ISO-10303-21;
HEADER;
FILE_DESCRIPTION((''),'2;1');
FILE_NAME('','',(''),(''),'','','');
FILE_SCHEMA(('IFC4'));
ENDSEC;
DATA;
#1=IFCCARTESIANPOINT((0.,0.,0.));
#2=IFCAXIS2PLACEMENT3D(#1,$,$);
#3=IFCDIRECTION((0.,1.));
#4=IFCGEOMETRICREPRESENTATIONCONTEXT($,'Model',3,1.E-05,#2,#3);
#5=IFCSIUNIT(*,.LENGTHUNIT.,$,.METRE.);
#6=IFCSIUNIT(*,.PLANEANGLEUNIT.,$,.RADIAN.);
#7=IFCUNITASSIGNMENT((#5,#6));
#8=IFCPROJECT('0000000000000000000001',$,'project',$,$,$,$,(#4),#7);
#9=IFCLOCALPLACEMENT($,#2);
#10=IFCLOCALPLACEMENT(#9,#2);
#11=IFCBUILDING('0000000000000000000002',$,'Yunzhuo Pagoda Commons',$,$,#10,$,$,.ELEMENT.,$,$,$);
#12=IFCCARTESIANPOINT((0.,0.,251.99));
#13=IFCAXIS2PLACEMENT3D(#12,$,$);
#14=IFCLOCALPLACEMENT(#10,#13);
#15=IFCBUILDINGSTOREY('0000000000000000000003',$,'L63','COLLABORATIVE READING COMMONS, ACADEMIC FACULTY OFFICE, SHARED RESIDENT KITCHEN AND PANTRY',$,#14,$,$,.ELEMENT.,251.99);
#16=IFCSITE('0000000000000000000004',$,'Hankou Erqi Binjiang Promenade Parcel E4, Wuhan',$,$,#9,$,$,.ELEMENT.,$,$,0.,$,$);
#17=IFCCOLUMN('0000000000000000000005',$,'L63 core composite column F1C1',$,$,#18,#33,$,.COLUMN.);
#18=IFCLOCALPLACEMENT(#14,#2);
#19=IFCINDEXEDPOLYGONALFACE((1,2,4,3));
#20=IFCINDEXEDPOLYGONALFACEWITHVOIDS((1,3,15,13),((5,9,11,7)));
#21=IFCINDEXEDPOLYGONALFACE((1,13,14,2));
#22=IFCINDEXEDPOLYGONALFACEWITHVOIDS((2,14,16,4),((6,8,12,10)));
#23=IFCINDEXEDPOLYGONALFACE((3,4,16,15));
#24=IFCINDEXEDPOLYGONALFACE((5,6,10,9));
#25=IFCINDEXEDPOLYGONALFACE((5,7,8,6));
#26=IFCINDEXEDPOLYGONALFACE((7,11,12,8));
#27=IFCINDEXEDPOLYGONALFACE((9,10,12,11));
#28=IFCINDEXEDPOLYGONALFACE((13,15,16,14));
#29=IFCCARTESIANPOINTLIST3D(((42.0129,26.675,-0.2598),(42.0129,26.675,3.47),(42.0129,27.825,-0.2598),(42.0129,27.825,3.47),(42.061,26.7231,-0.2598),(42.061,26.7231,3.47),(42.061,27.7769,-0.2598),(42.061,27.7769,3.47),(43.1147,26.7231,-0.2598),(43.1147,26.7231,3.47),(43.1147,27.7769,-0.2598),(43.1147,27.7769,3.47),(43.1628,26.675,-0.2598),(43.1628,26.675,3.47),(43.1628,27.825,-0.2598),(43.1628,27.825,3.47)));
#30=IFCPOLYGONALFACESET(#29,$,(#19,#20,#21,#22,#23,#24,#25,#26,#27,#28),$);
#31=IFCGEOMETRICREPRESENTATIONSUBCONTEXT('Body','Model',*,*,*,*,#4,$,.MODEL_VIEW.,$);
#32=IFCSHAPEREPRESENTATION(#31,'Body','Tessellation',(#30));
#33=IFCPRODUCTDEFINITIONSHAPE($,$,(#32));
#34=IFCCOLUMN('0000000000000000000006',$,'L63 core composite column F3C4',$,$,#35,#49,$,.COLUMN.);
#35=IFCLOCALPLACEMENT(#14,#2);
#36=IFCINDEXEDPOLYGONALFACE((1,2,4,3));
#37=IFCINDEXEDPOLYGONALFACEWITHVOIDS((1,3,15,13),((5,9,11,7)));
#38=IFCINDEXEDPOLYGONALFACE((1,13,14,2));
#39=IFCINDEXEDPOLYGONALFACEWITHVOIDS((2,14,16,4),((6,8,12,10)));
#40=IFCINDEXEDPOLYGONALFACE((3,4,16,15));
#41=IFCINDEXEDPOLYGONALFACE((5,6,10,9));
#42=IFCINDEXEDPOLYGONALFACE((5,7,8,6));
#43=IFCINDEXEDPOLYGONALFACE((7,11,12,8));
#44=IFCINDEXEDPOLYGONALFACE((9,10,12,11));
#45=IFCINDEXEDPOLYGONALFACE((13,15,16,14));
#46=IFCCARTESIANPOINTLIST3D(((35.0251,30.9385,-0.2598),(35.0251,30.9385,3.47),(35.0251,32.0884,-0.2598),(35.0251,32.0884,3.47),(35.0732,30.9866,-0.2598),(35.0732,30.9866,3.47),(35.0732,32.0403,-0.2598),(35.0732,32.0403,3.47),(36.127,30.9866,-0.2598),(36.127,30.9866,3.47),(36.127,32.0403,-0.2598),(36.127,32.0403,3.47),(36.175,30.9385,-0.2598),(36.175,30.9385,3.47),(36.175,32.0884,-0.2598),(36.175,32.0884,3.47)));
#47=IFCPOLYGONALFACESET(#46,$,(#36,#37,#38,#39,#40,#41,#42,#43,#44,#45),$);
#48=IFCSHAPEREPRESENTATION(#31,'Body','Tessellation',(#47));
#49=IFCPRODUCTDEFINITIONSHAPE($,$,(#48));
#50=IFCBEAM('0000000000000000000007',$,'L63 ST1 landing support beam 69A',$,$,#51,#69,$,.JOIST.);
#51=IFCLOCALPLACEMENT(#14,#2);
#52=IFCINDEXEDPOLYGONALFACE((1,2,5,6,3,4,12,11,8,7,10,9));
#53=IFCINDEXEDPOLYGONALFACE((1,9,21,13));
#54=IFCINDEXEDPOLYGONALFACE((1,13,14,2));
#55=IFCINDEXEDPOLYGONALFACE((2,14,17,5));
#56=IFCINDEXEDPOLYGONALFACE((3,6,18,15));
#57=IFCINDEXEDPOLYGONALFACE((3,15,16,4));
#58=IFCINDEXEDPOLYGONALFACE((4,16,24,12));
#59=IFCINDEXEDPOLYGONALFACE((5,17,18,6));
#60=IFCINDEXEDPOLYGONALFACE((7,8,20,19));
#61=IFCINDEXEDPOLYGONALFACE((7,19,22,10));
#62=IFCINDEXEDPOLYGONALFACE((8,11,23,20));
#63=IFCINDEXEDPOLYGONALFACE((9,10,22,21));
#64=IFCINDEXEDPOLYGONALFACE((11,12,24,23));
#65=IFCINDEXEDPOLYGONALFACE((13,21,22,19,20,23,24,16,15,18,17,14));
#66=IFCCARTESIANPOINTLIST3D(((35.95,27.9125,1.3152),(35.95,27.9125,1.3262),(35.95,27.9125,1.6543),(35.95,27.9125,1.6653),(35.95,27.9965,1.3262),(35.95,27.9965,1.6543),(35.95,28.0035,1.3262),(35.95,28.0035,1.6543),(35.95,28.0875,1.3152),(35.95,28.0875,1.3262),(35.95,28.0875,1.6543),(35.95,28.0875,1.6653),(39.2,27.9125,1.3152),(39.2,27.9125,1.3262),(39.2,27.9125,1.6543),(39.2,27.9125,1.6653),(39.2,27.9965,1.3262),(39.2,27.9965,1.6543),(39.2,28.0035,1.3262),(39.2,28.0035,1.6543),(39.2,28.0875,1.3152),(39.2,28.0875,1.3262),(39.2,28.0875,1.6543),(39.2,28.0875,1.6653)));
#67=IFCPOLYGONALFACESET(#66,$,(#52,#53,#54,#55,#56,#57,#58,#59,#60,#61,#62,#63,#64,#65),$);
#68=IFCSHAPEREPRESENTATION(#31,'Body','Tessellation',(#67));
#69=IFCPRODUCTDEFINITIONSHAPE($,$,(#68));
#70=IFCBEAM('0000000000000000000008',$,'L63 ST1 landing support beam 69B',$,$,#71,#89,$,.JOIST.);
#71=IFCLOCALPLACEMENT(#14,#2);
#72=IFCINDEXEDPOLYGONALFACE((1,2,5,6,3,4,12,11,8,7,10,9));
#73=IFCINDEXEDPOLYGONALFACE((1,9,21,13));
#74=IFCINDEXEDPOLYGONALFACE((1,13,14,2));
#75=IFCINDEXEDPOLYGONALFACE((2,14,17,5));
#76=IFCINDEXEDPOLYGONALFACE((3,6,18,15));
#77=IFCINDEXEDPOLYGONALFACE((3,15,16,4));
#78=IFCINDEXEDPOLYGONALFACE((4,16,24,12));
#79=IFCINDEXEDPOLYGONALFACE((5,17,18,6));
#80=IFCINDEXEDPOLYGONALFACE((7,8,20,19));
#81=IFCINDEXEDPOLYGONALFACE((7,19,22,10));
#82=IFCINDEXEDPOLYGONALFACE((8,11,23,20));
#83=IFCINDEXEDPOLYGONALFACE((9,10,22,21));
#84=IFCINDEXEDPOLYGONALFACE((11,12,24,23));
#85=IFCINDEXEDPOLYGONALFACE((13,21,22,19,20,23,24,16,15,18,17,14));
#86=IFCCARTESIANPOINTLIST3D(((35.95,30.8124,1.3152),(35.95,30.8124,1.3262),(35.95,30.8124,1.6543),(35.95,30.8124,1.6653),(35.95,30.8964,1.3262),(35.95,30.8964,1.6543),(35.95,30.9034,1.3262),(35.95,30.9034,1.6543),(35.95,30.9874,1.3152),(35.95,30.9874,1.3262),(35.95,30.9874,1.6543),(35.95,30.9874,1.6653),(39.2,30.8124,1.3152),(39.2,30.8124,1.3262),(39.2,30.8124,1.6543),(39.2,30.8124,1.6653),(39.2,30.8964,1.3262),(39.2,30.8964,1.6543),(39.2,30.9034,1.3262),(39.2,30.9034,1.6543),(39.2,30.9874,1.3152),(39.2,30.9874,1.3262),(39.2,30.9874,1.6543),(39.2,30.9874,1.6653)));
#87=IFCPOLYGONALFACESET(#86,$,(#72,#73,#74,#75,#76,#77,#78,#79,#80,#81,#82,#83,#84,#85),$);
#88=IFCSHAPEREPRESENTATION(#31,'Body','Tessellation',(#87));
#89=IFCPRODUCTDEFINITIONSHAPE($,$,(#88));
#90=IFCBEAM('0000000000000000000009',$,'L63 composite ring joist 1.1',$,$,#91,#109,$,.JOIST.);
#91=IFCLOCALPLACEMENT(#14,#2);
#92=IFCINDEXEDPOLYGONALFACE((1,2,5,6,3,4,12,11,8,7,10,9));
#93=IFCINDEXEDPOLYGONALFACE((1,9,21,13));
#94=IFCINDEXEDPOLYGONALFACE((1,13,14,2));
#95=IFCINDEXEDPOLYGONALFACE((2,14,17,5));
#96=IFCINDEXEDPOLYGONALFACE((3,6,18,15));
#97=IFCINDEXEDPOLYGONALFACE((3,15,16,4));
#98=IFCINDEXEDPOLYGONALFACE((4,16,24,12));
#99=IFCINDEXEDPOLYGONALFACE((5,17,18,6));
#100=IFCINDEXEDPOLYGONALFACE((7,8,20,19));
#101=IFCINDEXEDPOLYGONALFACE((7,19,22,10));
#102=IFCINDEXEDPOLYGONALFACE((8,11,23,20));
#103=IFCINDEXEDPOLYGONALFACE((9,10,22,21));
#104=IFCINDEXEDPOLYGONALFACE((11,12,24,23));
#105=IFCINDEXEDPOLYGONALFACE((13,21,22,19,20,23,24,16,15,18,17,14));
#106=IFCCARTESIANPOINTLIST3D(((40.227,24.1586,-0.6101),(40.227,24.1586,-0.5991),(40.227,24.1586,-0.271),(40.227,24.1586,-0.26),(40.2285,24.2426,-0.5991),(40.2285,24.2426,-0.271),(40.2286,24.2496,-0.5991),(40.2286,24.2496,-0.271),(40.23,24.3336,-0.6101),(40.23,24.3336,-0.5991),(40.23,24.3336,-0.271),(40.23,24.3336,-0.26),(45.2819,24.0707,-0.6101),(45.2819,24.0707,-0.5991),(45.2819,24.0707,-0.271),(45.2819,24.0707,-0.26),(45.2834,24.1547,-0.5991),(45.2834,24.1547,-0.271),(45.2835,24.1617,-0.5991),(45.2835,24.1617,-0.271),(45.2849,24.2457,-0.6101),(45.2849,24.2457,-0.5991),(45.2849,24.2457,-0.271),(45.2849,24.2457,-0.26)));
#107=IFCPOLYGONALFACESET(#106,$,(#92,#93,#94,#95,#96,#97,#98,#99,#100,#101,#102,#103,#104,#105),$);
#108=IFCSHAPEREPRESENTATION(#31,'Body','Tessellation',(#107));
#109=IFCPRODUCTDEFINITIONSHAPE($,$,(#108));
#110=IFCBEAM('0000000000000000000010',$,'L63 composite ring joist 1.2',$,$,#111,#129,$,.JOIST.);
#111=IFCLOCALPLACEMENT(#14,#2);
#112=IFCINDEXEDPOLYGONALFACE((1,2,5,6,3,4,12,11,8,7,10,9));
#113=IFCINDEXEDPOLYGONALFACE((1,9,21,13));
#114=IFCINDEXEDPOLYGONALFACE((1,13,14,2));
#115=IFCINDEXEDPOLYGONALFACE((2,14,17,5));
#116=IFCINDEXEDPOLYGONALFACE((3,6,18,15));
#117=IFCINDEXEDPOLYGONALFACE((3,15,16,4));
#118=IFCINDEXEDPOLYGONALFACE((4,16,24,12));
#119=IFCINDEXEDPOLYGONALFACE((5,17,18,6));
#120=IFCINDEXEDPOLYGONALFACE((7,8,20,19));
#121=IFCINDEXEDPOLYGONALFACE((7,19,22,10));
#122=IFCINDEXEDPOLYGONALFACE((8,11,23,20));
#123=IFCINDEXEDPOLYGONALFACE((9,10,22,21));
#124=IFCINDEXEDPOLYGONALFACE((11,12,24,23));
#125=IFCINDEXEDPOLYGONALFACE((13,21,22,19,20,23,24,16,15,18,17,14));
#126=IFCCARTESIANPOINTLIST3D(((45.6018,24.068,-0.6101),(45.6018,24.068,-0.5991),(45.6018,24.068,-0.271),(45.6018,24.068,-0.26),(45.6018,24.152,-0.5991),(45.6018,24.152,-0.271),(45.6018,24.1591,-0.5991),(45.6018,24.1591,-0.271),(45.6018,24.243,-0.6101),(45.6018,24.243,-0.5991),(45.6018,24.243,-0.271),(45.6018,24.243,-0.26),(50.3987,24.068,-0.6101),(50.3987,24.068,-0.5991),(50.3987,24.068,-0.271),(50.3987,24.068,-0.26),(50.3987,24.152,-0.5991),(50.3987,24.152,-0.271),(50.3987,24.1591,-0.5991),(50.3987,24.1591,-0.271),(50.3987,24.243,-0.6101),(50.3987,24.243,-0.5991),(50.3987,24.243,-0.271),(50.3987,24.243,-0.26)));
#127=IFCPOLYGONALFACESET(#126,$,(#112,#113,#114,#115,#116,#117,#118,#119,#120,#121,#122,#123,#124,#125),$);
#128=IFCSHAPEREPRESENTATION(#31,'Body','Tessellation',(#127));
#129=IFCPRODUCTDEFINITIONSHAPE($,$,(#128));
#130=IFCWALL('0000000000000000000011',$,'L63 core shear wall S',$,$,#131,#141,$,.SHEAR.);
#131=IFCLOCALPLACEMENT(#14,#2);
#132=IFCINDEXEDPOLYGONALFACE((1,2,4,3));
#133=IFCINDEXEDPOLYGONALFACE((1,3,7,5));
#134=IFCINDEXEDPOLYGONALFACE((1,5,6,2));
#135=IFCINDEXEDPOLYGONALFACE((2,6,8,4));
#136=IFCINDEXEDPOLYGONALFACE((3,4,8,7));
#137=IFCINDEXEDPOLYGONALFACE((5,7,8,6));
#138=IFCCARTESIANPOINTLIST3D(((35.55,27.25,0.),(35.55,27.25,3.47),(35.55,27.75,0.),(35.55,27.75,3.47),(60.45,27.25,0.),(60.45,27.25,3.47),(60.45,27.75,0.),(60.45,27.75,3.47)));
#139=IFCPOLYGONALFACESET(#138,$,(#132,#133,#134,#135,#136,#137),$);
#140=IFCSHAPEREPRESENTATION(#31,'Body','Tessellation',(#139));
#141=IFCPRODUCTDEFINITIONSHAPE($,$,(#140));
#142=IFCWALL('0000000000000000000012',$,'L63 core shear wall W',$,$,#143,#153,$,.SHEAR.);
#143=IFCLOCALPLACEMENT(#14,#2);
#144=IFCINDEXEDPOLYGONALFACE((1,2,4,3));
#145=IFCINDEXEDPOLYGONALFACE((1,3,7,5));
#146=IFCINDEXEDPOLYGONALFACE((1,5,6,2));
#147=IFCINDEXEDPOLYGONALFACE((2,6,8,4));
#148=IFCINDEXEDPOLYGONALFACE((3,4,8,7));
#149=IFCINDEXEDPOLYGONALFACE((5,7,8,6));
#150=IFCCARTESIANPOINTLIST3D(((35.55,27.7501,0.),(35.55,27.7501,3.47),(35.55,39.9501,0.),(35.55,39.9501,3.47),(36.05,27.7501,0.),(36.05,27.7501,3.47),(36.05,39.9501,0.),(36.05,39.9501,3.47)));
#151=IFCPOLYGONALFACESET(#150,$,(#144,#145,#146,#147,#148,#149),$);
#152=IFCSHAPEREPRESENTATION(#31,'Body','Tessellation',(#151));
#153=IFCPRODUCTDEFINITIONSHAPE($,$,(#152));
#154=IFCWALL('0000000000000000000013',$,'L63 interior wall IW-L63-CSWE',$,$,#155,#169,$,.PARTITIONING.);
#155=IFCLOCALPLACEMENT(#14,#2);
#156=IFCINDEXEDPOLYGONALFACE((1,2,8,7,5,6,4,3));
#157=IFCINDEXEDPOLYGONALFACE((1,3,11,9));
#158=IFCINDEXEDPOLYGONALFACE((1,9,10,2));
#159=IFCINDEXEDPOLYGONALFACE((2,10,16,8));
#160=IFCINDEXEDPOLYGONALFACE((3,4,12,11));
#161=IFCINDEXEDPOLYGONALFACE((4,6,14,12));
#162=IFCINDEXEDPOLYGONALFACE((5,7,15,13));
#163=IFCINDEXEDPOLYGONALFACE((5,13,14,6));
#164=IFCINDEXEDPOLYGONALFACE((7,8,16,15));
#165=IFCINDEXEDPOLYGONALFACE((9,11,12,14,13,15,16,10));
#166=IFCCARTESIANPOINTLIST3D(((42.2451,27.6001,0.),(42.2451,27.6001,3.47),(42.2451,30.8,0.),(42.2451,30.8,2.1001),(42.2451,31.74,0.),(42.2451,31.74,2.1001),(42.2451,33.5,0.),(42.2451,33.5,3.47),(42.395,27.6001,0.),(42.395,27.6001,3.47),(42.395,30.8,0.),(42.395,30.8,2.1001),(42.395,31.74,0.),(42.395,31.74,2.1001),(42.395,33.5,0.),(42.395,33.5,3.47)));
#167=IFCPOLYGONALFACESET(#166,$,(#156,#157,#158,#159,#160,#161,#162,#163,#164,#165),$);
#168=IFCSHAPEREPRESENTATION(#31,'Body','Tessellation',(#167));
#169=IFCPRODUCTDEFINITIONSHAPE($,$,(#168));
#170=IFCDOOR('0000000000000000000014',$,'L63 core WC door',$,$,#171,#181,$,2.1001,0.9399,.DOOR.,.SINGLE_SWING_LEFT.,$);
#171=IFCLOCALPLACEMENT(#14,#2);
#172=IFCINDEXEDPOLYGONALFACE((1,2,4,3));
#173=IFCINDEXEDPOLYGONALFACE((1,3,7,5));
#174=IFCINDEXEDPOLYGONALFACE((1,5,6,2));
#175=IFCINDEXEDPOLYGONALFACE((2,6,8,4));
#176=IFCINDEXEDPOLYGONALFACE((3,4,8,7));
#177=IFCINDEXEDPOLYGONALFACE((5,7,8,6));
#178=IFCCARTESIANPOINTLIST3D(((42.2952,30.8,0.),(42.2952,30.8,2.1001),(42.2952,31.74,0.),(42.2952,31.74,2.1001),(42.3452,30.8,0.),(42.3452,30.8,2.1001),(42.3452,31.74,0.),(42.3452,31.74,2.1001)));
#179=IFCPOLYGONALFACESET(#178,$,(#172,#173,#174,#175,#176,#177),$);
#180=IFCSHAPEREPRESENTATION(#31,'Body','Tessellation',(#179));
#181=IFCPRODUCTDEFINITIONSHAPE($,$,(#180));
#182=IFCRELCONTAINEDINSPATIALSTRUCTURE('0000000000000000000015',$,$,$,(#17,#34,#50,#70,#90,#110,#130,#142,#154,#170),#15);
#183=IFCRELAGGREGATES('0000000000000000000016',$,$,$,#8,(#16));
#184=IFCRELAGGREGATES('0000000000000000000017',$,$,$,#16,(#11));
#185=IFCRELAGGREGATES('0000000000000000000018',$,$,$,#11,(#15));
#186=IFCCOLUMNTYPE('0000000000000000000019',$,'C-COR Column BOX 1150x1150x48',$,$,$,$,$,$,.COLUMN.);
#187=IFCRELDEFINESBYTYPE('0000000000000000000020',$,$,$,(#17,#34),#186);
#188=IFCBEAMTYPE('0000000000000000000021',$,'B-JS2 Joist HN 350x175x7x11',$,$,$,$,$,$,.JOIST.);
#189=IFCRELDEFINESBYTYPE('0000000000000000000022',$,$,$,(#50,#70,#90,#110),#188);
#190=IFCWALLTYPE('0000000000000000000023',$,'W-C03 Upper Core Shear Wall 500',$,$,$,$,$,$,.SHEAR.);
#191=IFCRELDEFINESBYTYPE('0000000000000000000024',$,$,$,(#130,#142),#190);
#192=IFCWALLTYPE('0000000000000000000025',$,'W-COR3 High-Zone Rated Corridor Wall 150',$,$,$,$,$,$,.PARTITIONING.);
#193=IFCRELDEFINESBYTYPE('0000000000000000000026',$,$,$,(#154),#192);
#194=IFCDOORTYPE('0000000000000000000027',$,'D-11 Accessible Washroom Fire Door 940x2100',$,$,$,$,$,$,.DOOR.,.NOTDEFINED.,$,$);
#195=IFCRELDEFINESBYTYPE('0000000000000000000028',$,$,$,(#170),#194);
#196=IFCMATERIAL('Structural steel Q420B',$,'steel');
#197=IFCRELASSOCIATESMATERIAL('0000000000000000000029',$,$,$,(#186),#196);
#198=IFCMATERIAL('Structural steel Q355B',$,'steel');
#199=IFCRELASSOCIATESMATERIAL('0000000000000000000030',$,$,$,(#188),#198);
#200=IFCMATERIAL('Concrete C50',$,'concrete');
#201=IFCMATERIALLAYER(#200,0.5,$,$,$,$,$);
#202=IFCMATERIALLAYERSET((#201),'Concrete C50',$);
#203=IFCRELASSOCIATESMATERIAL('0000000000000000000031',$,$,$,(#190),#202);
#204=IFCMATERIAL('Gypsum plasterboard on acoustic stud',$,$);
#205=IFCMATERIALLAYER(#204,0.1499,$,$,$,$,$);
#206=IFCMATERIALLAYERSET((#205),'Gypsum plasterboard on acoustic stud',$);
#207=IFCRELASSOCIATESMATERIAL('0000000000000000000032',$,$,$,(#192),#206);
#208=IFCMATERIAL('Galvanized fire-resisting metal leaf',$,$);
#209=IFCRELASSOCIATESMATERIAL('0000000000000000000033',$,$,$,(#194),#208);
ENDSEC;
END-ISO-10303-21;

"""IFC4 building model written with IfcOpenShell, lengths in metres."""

from ifc_helpers import new_model, si_unit, direction, frame, frame_2d, origin, origin_with_axes, origin_2d, place, context, subcontext, project, spatial, rectangle, hollow_rectangle, i_section, extrude, source, transform, mapped, material, layer, layer_set, material_profile, profile_set, type_object, element, fill, save


model = new_model("IFC4")

# Units and contexts
model_context = context("Model", 3, precision=1e-05, world=origin(), true_north=direction((0.0, 1.0)))
body_context = subcontext(model_context, "Body", "Model", "MODEL_VIEW")
ifc_project = project(units=[si_unit("LENGTHUNIT", "METRE"), si_unit("PLANEANGLEUNIT", "RADIAN")], contexts=[model_context])

# Site, building, storey
site_placement = place(None, origin())
site = spatial("IfcSite", under=ifc_project, at=site_placement, Name="Hankou Erqi Binjiang Promenade Parcel E4, Wuhan", CompositionType="ELEMENT", RefElevation=0.0)
building_placement = place(site_placement, origin())
building = spatial("IfcBuilding", under=site, at=building_placement, Name="Yunzhuo Pagoda Commons", CompositionType="ELEMENT")
storey_placement = place(building_placement, frame((0.0, 0.0, 251.99)))
storey = spatial("IfcBuildingStorey", under=building, at=storey_placement, Name="L63", Description="COLLABORATIVE READING COMMONS, ACADEMIC FACULTY OFFICE, SHARED RESIDENT KITCHEN AND PANTRY", CompositionType="ELEMENT", Elevation=251.99)

# Columns
ifc_material_1 = material(Name="Structural steel Q420B", Category="steel")
ifc_material_profile_1 = material_profile(ifc_material_1, hollow_rectangle(XDim=1.1499, YDim=1.1499, WallThickness=0.0481, at=origin_2d()), Name="Structural steel Q420B")
ifc_profile_set_1 = profile_set([ifc_material_profile_1], Name="Structural steel Q420B")
column_type = type_object("IfcColumnType", Name="C-COR Column BOX 1150x1150x48", PredefinedType="COLUMN", material=ifc_profile_set_1)
shared_shape_1 = source(origin(), body_context, "Body", "SweptSolid", [
    extrude(hollow_rectangle(XDim=1.1499, YDim=1.1499, WallThickness=0.0481, at=origin_2d()), origin(), (0.0, 0.0, 1.0), 3.7297),
])
for number, where, z_axis, x_axis, name in (
    (1, (42.5879, 27.25, -0.2598), (0.0, 0.0, 1.0), (1.0, 0.0, 0.0), "L63 core composite column F1C1"),
    (2, (35.6001, 31.5134, -0.2598), (0.0, 0.0, 1.0), (1.0, 0.0, 0.0), "L63 core composite column F3C4"),
):
    element("IfcColumn", number, at=place(storey_placement, frame(where, z_axis=z_axis, x_axis=x_axis)), inside=storey, type_object=column_type, Name=name, PredefinedType="COLUMN", context=body_context, shape_type="MappedRepresentation", body=[
        mapped(shared_shape_1, transform((0.0, 0.0, 0.0), scale=1.0)),
    ])

# Beams
ifc_material_2 = material(Name="Structural steel Q355B", Category="steel")
ifc_material_profile_2 = material_profile(ifc_material_2, i_section(OverallWidth=0.175, OverallDepth=0.3501, WebThickness=0.0071, FlangeThickness=0.011, at=origin_2d()), Name="Structural steel Q355B")
ifc_profile_set_2 = profile_set([ifc_material_profile_2], Name="Structural steel Q355B")
beam_type = type_object("IfcBeamType", Name="B-JS2 Joist HN 350x175x7x11", PredefinedType="JOIST", material=ifc_profile_set_2)
shared_shape_2 = source(origin(), body_context, "Body", "SweptSolid", [
    extrude(i_section(OverallWidth=0.175, OverallDepth=0.3501, WebThickness=0.0071, FlangeThickness=0.011, at=origin_2d()), origin(), (0.0, 0.0, 1.0), 3.25),
])
for number, where, z_axis, x_axis, name in (
    (3, (35.95, 28.0, 1.4902), (1.0, 0.0, 0.0), (0.0, 1.0, 0.0), "L63 ST1 landing support beam 69A"),
    (4, (35.95, 30.8999, 1.4902), (1.0, 0.0, 0.0), (0.0, 1.0, 0.0), "L63 ST1 landing support beam 69B"),
):
    element("IfcBeam", number, at=place(storey_placement, frame(where, z_axis=z_axis, x_axis=x_axis)), inside=storey, type_object=beam_type, Name=name, PredefinedType="JOIST", context=body_context, shape_type="MappedRepresentation", body=[
        mapped(shared_shape_2, transform((0.0, 0.0, 0.0), scale=1.0)),
    ])
shared_shape_3 = source(origin(), body_context, "Body", "SweptSolid", [
    extrude(i_section(OverallWidth=0.175, OverallDepth=0.3501, WebThickness=0.0071, FlangeThickness=0.011, at=origin_2d()), origin(), (0.0, 0.0, 1.0), 5.0557),
])
beam_1_placement = place(storey_placement, frame((40.2285, 24.2461, -0.4351), z_axis=(0.999849, -0.017384, 0.0), x_axis=(0.017384, 0.999849, 0.0)))
element("IfcBeam", 5, at=beam_1_placement, inside=storey, type_object=beam_type, Name="L63 composite ring joist 1.1", PredefinedType="JOIST", context=body_context, shape_type="MappedRepresentation", body=[
    mapped(shared_shape_3, transform((0.0, 0.0, 0.0), scale=1.0)),
])
shared_shape_4 = source(origin(), body_context, "Body", "SweptSolid", [
    extrude(i_section(OverallWidth=0.175, OverallDepth=0.3501, WebThickness=0.0071, FlangeThickness=0.011, at=origin_2d()), origin(), (0.0, 0.0, 1.0), 4.7969),
])
beam_2_placement = place(storey_placement, frame((45.6018, 24.1555, -0.4351), z_axis=(1.0, 0.0, 0.0), x_axis=(0.0, 1.0, 0.0)))
element("IfcBeam", 6, at=beam_2_placement, inside=storey, type_object=beam_type, Name="L63 composite ring joist 1.2", PredefinedType="JOIST", context=body_context, shape_type="MappedRepresentation", body=[
    mapped(shared_shape_4, transform((0.0, 0.0, 0.0), scale=1.0)),
])

# Walls
ifc_material_3 = material(Name="Concrete C50", Category="concrete")
ifc_layer_1 = layer(ifc_material_3, 0.5)
ifc_layer_set_1 = layer_set([ifc_layer_1], Name="Concrete C50")
wall_type_1 = type_object("IfcWallType", Name="W-C03 Upper Core Shear Wall 500", PredefinedType="SHEAR", material=ifc_layer_set_1)
wall_1_placement = place(storey_placement, frame((35.55, 27.5, 0.0), z_axis=(0.0, 0.0, 1.0), x_axis=(1.0, 0.0, 0.0)))
element("IfcWall", 7, at=wall_1_placement, inside=storey, type_object=wall_type_1, Name="L63 core shear wall S", PredefinedType="SHEAR", context=body_context, shape_type="SweptSolid", body=[
    extrude(rectangle(XDim=24.8999, YDim=0.5, at=frame_2d((12.45, 0.0))), origin(), (0.0, 0.0, 1.0), 3.47),
])
wall_2_placement = place(storey_placement, frame((35.8, 27.75, 0.0), z_axis=(0.0, 0.0, 1.0), x_axis=(0.0, 1.0, 0.0)))
element("IfcWall", 8, at=wall_2_placement, inside=storey, type_object=wall_type_1, Name="L63 core shear wall W", PredefinedType="SHEAR", context=body_context, shape_type="SweptSolid", body=[
    extrude(rectangle(XDim=12.2, YDim=0.5, at=frame_2d((6.1001, 0.0))), origin(), (0.0, 0.0, 1.0), 3.47),
])

# Wall, opening, door
ifc_material_4 = material(Name="Gypsum plasterboard on acoustic stud")
ifc_layer_2 = layer(ifc_material_4, 0.1499)
ifc_layer_set_2 = layer_set([ifc_layer_2], Name="Gypsum plasterboard on acoustic stud")
wall_type_2 = type_object("IfcWallType", Name="W-COR3 High-Zone Rated Corridor Wall 150", PredefinedType="PARTITIONING", material=ifc_layer_set_2)
wall_3_placement = place(storey_placement, frame((42.3201, 27.6001, 0.0), z_axis=(0.0, 0.0, 1.0), x_axis=(0.0, 1.0, 0.0)))
wall_3 = element("IfcWall", 9, at=wall_3_placement, inside=storey, type_object=wall_type_2, Name="L63 interior wall IW-L63-CSWE", PredefinedType="PARTITIONING", context=body_context, shape_type="SweptSolid", body=[
    extrude(rectangle(XDim=5.8999, YDim=0.1499, at=frame_2d((2.95, 0.0))), origin(), (0.0, 0.0, 1.0), 3.47),
])
opening_1_placement = place(wall_3_placement, frame((3.2, 0.0, 0.0)))
opening_1 = element("IfcOpeningElement", 10, at=opening_1_placement, cuts=wall_3, PredefinedType="OPENING", context=body_context, shape_type="SweptSolid", body=[
    extrude(rectangle(XDim=0.9399, YDim=2.1001, at=frame_2d((0.47, 1.05))), frame((0.0, 0.085, 0.0), z_axis=(0.0, -1.0, 0.0), x_axis=(1.0, 0.0, 0.0)), (0.0, 0.0, 1.0), 0.1699),
])
ifc_material_5 = material(Name="Galvanized fire-resisting metal leaf")
door_type_1 = type_object("IfcDoorType", Name="D-11 Accessible Washroom Fire Door 940x2100", OperationType="NOTDEFINED", PredefinedType="DOOR", material=ifc_material_5)
shared_shape_5 = source(origin(), body_context, "Body", "SweptSolid", [
    extrude(rectangle(XDim=0.9399, YDim=2.1001, at=frame_2d((0.47, 1.05))), frame((0.0, 0.0249, 0.0), z_axis=(0.0, -1.0, 0.0), x_axis=(1.0, 0.0, 0.0)), (0.0, 0.0, 1.0), 0.05),
])
door_1_placement = place(opening_1_placement, origin_with_axes())
door_1 = element("IfcDoor", 11, at=door_1_placement, inside=storey, type_object=door_type_1, Name="L63 core WC door", OperationType="SINGLE_SWING_LEFT", OverallHeight=2.1001, OverallWidth=0.9399, PredefinedType="DOOR", context=body_context, shape_type="MappedRepresentation", body=[
    mapped(shared_shape_5, transform((0.0, 0.0, 0.0), scale=1.0)),
])
fill(opening_1, door_1)

save(model, "model.ifc")
